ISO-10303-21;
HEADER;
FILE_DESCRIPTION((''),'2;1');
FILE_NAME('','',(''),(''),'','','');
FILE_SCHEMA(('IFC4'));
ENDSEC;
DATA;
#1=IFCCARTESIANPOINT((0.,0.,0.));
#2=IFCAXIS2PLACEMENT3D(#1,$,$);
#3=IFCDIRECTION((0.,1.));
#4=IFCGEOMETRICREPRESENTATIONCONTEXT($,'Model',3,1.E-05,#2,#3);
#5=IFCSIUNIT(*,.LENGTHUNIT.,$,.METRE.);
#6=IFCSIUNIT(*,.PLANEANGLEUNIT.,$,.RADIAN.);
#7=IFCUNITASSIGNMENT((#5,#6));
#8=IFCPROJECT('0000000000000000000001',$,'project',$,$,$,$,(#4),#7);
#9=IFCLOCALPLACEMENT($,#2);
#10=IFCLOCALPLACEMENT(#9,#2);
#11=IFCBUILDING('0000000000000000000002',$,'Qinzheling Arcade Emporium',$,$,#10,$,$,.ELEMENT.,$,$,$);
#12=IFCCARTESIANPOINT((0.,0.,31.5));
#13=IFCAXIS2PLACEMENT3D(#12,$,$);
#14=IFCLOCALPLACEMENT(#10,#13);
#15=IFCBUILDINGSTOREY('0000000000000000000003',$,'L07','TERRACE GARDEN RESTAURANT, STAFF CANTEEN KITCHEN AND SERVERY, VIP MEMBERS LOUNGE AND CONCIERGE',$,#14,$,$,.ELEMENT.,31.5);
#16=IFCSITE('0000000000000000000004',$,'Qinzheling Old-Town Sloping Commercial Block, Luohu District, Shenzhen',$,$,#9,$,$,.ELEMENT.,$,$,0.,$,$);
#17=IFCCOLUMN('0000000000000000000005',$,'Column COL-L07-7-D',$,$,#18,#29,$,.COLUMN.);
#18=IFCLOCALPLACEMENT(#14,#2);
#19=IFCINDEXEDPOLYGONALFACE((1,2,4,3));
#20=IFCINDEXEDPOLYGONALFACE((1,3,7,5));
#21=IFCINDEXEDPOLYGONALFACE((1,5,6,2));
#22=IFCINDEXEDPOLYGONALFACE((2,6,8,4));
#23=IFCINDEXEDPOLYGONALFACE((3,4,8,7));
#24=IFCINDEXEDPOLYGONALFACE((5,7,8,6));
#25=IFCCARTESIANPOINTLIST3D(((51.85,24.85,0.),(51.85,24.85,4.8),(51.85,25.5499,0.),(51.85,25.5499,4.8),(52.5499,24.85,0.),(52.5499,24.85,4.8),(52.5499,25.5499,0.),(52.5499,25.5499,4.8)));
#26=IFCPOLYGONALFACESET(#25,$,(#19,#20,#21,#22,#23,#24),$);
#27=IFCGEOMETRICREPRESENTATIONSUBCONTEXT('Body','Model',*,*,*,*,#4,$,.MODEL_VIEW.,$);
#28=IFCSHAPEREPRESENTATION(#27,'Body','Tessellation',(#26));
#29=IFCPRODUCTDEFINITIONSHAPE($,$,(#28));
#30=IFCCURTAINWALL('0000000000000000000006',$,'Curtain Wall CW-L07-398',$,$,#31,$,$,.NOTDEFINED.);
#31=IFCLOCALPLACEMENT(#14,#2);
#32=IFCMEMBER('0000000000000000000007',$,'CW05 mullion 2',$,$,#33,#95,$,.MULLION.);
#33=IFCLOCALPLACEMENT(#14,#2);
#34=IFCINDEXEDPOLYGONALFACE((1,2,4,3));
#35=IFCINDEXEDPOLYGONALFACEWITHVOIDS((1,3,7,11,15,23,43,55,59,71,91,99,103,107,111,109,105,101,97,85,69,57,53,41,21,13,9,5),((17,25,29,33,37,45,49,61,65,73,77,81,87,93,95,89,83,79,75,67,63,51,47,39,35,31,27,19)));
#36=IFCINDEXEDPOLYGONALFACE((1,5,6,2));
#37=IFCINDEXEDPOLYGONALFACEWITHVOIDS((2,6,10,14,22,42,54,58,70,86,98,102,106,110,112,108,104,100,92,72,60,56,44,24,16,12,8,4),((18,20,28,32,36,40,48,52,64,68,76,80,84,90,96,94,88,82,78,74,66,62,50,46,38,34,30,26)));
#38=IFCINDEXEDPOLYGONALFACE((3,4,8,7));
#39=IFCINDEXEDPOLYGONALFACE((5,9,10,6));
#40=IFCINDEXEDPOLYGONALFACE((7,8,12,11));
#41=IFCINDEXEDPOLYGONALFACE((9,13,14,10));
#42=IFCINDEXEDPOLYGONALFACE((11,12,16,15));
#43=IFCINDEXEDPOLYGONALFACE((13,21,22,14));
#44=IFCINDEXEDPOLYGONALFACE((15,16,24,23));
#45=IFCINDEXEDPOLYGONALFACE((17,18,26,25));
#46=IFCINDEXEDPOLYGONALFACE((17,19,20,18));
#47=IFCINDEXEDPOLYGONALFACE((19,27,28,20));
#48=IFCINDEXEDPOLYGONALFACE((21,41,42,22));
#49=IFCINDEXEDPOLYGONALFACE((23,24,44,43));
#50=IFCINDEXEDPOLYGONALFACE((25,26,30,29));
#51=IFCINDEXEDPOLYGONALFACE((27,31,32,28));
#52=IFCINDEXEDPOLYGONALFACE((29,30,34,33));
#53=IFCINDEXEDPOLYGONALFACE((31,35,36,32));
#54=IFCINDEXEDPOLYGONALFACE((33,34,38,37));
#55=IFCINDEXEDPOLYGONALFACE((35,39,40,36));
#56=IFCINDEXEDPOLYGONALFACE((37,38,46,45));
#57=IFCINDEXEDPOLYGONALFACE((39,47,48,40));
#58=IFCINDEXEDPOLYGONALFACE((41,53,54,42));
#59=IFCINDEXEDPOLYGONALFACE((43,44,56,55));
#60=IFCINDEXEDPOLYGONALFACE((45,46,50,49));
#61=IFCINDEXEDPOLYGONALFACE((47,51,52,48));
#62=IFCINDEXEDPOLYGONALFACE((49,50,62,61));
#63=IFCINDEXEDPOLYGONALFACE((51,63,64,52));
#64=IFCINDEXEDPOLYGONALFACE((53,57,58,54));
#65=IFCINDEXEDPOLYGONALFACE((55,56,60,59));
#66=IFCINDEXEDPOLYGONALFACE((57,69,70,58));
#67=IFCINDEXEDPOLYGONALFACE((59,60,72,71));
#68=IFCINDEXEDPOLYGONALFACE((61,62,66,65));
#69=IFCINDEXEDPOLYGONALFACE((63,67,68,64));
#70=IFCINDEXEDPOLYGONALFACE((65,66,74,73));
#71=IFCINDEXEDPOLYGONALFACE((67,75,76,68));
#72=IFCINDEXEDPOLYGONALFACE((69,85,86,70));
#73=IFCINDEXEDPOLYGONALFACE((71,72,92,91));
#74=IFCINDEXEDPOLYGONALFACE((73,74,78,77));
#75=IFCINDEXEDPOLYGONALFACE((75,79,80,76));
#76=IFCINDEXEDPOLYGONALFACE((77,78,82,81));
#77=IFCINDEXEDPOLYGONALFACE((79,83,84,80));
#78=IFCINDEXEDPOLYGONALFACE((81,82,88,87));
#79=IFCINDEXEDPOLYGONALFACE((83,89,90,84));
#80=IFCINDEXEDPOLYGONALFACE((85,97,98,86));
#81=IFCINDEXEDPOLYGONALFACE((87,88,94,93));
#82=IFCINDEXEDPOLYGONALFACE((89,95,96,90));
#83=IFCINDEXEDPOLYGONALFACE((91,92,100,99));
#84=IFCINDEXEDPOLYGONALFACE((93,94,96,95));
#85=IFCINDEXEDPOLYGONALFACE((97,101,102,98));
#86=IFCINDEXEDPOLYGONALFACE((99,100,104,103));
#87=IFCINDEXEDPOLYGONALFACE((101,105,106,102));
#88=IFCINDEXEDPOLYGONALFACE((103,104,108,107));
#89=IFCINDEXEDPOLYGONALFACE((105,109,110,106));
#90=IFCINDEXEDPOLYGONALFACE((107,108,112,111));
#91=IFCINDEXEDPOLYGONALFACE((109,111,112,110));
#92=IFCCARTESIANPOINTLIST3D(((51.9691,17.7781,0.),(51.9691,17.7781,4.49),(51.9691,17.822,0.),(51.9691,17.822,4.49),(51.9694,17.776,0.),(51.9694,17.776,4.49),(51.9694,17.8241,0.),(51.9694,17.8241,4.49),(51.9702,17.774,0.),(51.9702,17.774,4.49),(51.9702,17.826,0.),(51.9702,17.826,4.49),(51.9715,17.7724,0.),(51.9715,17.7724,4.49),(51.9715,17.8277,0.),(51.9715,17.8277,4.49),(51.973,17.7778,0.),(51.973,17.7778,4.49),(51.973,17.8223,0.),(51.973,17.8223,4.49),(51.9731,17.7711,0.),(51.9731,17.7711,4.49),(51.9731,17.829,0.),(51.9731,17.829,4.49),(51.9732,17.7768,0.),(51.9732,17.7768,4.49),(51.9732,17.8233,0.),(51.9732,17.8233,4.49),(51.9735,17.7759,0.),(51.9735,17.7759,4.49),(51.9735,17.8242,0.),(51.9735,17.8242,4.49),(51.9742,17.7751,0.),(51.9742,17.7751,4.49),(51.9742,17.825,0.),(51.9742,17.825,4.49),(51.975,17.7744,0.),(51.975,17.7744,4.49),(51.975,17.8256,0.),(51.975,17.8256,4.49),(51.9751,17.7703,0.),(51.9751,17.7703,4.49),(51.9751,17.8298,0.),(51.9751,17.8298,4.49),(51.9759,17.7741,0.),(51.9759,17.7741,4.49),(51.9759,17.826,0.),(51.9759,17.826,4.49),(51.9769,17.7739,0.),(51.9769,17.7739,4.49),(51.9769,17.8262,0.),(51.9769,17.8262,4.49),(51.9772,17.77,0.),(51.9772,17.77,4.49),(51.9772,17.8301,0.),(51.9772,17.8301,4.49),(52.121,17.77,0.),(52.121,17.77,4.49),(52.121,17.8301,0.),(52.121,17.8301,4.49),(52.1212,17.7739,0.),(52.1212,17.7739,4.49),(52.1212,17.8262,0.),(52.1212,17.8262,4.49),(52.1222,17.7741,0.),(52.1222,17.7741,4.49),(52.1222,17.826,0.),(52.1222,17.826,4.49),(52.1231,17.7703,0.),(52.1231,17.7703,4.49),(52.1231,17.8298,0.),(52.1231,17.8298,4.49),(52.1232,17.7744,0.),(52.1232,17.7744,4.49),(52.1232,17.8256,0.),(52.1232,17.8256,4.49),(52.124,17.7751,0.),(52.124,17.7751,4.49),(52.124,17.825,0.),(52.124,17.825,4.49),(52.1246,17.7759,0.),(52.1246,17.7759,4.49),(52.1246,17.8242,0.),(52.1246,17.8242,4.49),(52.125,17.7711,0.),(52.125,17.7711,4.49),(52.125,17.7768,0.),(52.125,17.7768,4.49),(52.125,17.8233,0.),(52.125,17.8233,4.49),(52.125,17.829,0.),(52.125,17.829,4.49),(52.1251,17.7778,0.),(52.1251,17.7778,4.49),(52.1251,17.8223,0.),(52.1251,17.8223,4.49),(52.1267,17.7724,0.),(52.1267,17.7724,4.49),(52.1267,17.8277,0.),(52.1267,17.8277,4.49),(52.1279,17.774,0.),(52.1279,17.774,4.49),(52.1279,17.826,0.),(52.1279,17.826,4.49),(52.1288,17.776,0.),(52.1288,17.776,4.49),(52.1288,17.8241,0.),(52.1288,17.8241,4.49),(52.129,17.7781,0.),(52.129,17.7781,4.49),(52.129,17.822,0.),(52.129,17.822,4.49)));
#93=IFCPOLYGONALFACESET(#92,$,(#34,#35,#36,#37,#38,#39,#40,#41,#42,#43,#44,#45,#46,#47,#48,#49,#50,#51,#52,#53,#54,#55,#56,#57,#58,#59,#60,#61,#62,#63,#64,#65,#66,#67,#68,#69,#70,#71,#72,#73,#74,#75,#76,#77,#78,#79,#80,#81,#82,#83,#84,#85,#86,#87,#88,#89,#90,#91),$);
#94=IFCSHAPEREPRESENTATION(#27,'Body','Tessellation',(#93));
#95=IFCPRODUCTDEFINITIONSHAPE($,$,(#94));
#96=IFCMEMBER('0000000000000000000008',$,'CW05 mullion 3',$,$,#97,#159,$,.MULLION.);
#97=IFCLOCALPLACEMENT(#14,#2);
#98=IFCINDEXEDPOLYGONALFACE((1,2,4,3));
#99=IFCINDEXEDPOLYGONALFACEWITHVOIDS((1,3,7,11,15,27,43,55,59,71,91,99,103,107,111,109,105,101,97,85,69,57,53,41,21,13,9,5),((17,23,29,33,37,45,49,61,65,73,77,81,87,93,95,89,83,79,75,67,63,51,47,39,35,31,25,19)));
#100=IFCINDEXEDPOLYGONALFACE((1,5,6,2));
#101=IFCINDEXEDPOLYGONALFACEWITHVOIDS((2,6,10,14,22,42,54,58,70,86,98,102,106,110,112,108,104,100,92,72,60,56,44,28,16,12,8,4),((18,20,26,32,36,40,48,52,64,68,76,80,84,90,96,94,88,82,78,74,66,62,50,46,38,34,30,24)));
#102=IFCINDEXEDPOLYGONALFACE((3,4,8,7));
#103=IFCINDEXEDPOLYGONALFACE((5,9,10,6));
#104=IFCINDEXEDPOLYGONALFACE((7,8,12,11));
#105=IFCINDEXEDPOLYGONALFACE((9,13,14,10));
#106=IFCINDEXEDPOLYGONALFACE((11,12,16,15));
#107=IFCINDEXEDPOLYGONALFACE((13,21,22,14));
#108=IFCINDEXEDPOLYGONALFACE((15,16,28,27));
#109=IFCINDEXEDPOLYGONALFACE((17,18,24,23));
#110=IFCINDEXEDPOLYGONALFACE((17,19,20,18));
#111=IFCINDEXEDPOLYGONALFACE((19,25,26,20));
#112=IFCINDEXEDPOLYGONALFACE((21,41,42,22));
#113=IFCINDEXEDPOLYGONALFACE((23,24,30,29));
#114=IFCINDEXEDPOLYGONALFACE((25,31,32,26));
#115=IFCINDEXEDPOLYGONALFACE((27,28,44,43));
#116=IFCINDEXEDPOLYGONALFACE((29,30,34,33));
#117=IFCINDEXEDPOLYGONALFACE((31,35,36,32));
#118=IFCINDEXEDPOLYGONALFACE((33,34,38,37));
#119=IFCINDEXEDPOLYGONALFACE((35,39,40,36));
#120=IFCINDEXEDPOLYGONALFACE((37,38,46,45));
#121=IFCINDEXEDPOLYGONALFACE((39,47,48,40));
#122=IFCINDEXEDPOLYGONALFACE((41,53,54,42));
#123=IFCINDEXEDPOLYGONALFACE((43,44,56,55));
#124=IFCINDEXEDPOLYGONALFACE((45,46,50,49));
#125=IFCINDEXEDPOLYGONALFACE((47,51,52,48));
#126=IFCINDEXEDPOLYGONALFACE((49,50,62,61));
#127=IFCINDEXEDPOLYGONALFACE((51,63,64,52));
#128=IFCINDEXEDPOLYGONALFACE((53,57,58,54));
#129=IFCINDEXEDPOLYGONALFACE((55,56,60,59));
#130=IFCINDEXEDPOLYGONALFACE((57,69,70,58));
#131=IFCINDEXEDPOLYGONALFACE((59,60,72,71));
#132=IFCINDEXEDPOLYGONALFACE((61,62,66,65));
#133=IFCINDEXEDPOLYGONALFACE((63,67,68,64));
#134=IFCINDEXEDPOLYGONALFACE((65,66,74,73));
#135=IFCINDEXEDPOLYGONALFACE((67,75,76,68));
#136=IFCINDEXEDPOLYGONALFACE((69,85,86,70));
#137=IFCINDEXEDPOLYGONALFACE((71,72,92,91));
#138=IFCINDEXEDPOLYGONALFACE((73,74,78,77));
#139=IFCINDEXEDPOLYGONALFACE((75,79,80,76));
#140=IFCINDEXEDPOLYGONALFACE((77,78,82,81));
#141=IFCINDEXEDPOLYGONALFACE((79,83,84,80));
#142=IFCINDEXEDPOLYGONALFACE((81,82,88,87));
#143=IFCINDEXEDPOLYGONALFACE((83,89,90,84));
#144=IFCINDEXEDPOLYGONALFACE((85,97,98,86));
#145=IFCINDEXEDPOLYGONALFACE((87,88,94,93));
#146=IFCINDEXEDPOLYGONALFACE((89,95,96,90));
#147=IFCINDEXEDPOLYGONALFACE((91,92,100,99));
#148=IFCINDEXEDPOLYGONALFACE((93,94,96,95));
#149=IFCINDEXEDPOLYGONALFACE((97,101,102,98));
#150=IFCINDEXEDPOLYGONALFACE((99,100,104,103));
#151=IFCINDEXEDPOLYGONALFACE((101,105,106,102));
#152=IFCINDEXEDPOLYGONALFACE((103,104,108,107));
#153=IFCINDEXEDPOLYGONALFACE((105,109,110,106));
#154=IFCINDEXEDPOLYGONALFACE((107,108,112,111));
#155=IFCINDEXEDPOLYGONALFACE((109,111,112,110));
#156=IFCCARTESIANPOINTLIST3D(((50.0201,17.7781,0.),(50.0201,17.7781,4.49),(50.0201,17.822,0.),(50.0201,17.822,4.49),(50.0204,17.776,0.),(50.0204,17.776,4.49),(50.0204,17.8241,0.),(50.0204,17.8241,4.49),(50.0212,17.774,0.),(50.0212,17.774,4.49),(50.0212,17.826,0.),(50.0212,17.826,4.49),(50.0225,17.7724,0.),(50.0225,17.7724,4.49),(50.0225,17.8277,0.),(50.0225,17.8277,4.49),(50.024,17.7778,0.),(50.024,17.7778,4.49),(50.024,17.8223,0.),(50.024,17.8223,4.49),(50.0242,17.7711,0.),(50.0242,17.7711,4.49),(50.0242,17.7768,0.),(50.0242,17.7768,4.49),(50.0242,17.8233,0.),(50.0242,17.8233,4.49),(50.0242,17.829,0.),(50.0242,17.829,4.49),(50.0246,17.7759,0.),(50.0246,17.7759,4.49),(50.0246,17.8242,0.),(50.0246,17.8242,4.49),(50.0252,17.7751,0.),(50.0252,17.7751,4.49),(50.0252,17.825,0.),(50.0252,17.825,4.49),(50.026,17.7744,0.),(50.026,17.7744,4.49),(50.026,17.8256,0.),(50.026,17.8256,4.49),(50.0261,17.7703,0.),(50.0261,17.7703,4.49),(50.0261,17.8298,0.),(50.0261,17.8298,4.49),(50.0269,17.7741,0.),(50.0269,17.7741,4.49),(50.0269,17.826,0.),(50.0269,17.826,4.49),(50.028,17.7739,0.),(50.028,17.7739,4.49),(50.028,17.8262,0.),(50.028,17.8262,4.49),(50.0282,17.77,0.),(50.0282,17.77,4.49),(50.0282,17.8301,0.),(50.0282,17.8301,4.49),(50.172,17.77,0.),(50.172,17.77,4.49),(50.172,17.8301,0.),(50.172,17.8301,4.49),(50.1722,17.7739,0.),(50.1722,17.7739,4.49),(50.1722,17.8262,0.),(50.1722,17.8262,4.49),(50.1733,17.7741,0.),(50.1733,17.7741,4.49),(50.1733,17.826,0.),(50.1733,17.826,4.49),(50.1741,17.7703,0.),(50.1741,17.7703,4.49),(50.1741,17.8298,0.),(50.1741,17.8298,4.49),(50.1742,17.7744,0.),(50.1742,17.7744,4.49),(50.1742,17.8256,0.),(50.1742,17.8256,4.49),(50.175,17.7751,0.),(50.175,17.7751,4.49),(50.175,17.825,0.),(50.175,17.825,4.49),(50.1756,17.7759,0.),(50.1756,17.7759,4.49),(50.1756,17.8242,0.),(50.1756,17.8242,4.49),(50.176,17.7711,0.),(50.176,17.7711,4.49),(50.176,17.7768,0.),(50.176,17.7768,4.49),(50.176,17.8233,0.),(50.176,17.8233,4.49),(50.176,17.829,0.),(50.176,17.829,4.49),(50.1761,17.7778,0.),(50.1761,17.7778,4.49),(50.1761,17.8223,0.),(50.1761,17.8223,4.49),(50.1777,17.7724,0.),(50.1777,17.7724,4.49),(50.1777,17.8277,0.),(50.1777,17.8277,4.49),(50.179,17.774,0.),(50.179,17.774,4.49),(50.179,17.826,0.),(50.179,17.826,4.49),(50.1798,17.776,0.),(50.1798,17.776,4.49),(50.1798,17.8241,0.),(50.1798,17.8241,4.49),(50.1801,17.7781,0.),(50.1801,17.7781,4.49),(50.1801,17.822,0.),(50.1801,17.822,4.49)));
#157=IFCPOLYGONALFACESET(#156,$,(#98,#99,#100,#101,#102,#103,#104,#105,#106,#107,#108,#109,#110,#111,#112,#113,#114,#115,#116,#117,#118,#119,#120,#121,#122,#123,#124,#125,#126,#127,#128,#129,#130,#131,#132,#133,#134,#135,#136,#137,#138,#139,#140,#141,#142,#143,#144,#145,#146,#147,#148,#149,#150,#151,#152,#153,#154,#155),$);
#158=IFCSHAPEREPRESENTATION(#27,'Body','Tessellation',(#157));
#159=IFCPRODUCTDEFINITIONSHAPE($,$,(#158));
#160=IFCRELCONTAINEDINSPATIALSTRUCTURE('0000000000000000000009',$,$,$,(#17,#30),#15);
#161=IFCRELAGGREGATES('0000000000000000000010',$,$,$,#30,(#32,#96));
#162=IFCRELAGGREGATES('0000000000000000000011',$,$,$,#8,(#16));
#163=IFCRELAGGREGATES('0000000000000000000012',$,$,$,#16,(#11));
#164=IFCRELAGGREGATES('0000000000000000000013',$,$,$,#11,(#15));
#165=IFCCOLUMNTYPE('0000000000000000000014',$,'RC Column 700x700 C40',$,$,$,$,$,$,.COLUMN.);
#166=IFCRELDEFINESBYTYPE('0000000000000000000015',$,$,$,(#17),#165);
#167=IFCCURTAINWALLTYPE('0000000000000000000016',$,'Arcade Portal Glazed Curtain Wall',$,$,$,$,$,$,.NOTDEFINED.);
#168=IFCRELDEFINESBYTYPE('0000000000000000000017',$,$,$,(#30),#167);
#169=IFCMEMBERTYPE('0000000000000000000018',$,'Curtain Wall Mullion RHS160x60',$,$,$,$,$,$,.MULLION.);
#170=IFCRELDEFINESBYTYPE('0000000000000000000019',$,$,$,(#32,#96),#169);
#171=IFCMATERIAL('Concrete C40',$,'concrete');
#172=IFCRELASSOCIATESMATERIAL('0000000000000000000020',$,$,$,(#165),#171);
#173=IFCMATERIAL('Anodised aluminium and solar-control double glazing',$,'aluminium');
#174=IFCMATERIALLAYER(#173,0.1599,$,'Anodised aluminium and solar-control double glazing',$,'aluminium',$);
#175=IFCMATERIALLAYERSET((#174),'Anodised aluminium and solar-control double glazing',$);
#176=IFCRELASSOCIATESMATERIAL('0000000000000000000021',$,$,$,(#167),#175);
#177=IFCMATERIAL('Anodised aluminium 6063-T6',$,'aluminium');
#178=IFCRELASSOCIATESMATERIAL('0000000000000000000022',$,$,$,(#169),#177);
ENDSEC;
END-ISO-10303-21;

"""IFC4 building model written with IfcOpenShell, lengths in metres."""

from ifc_helpers import new_model, si_unit, direction, frame, origin, origin_2d, place, context, subcontext, project, spatial, rectangle, hollow_rectangle, extrude, material, layer, layer_set, material_profile, profile_set, type_object, element, aggregate, save


model = new_model("IFC4")

# Units and contexts
model_context = context("Model", 3, precision=1e-05, world=origin(), true_north=direction((0.0, 1.0)))
body_context = subcontext(model_context, "Body", "Model", "MODEL_VIEW")
ifc_project = project(units=[si_unit("LENGTHUNIT", "METRE"), si_unit("PLANEANGLEUNIT", "RADIAN")], contexts=[model_context])

# Site, building, storey
site_placement = place(None, origin())
site = spatial("IfcSite", under=ifc_project, at=site_placement, Name="Qinzheling Old-Town Sloping Commercial Block, Luohu District, Shenzhen", CompositionType="ELEMENT", RefElevation=0.0)
building_placement = place(site_placement, origin())
building = spatial("IfcBuilding", under=site, at=building_placement, Name="Qinzheling Arcade Emporium", CompositionType="ELEMENT")
storey_placement = place(building_placement, frame((0.0, 0.0, 31.5)))
storey = spatial("IfcBuildingStorey", under=building, at=storey_placement, Name="L07", Description="TERRACE GARDEN RESTAURANT, STAFF CANTEEN KITCHEN AND SERVERY, VIP MEMBERS LOUNGE AND CONCIERGE", CompositionType="ELEMENT", Elevation=31.5)

# Column
ifc_material_1 = material(Name="Concrete C40", Category="concrete")
ifc_material_profile_1 = material_profile(ifc_material_1, rectangle(XDim=0.7, YDim=0.7, at=origin_2d()), Name="RC 700x700", Category="concrete")
ifc_profile_set_1 = profile_set([ifc_material_profile_1], Name="Concrete C40")
column_type = type_object("IfcColumnType", Name="RC Column 700x700 C40", PredefinedType="COLUMN", material=ifc_profile_set_1)
column_placement = place(storey_placement, frame((52.2, 25.2, 0.0), z_axis=(0.0, 0.0, 1.0), x_axis=(1.0, 0.0, 0.0)))
element("IfcColumn", 1, at=column_placement, inside=storey, type_object=column_type, Name="Column COL-L07-7-D", PredefinedType="COLUMN", context=body_context, shape_type="SweptSolid", body=[
    extrude(rectangle(XDim=0.7, YDim=0.7, at=origin_2d()), origin(), (0.0, 0.0, 1.0), 4.8),
])

# Curtain wall, members
ifc_material_2 = material(Name="Anodised aluminium and solar-control double glazing", Category="aluminium")
ifc_layer_1 = layer(ifc_material_2, 0.1599, Name="Anodised aluminium and solar-control double glazing", Category="aluminium")
ifc_layer_set_1 = layer_set([ifc_layer_1], Name="Anodised aluminium and solar-control double glazing")
curtain_wall_type = type_object("IfcCurtainWallType", Name="Arcade Portal Glazed Curtain Wall", PredefinedType="NOTDEFINED", material=ifc_layer_set_1)
curtain_wall_placement = place(storey_placement, origin())
curtain_wall = element("IfcCurtainWall", 2, at=curtain_wall_placement, inside=storey, type_object=curtain_wall_type, Name="Curtain Wall CW-L07-398", PredefinedType="NOTDEFINED")
ifc_material_3 = material(Name="Anodised aluminium 6063-T6", Category="aluminium")
ifc_material_profile_2 = material_profile(ifc_material_3, hollow_rectangle(XDim=0.0601, YDim=0.1599, WallThickness=0.0039, InnerFilletRadius=0.0039, OuterFilletRadius=0.0081, at=origin_2d()), Name="RHS 160x60x4", Category="aluminium")
ifc_profile_set_2 = profile_set([ifc_material_profile_2], Name="Anodised aluminium 6063-T6")
member_type_1 = type_object("IfcMemberType", Name="Curtain Wall Mullion RHS160x60", PredefinedType="MULLION", material=ifc_profile_set_2)
member_1_placement = place(storey_placement, frame((52.0491, 17.8, 0.0), z_axis=(0.0, 0.0, 1.0), x_axis=(0.0, -1.0, 0.0)))
member_1 = element("IfcMember", 3, at=member_1_placement, type_object=member_type_1, Name="CW05 mullion 2", PredefinedType="MULLION", context=body_context, shape_type="SweptSolid", body=[
    extrude(hollow_rectangle(XDim=0.0601, YDim=0.1599, WallThickness=0.0039, InnerFilletRadius=0.0039, OuterFilletRadius=0.0081, at=origin_2d()), origin(), (0.0, 0.0, 1.0), 4.49),
])
member_2_placement = place(storey_placement, frame((50.1001, 17.8, 0.0), z_axis=(0.0, 0.0, 1.0), x_axis=(0.0, -1.0, 0.0)))
member_2 = element("IfcMember", 4, at=member_2_placement, type_object=member_type_1, Name="CW05 mullion 3", PredefinedType="MULLION", context=body_context, shape_type="SweptSolid", body=[
    extrude(hollow_rectangle(XDim=0.0601, YDim=0.1599, WallThickness=0.0039, InnerFilletRadius=0.0039, OuterFilletRadius=0.0081, at=origin_2d()), origin(), (0.0, 0.0, 1.0), 4.49),
])

aggregate(curtain_wall, [member_1, member_2])

save(model, "model.ifc")
